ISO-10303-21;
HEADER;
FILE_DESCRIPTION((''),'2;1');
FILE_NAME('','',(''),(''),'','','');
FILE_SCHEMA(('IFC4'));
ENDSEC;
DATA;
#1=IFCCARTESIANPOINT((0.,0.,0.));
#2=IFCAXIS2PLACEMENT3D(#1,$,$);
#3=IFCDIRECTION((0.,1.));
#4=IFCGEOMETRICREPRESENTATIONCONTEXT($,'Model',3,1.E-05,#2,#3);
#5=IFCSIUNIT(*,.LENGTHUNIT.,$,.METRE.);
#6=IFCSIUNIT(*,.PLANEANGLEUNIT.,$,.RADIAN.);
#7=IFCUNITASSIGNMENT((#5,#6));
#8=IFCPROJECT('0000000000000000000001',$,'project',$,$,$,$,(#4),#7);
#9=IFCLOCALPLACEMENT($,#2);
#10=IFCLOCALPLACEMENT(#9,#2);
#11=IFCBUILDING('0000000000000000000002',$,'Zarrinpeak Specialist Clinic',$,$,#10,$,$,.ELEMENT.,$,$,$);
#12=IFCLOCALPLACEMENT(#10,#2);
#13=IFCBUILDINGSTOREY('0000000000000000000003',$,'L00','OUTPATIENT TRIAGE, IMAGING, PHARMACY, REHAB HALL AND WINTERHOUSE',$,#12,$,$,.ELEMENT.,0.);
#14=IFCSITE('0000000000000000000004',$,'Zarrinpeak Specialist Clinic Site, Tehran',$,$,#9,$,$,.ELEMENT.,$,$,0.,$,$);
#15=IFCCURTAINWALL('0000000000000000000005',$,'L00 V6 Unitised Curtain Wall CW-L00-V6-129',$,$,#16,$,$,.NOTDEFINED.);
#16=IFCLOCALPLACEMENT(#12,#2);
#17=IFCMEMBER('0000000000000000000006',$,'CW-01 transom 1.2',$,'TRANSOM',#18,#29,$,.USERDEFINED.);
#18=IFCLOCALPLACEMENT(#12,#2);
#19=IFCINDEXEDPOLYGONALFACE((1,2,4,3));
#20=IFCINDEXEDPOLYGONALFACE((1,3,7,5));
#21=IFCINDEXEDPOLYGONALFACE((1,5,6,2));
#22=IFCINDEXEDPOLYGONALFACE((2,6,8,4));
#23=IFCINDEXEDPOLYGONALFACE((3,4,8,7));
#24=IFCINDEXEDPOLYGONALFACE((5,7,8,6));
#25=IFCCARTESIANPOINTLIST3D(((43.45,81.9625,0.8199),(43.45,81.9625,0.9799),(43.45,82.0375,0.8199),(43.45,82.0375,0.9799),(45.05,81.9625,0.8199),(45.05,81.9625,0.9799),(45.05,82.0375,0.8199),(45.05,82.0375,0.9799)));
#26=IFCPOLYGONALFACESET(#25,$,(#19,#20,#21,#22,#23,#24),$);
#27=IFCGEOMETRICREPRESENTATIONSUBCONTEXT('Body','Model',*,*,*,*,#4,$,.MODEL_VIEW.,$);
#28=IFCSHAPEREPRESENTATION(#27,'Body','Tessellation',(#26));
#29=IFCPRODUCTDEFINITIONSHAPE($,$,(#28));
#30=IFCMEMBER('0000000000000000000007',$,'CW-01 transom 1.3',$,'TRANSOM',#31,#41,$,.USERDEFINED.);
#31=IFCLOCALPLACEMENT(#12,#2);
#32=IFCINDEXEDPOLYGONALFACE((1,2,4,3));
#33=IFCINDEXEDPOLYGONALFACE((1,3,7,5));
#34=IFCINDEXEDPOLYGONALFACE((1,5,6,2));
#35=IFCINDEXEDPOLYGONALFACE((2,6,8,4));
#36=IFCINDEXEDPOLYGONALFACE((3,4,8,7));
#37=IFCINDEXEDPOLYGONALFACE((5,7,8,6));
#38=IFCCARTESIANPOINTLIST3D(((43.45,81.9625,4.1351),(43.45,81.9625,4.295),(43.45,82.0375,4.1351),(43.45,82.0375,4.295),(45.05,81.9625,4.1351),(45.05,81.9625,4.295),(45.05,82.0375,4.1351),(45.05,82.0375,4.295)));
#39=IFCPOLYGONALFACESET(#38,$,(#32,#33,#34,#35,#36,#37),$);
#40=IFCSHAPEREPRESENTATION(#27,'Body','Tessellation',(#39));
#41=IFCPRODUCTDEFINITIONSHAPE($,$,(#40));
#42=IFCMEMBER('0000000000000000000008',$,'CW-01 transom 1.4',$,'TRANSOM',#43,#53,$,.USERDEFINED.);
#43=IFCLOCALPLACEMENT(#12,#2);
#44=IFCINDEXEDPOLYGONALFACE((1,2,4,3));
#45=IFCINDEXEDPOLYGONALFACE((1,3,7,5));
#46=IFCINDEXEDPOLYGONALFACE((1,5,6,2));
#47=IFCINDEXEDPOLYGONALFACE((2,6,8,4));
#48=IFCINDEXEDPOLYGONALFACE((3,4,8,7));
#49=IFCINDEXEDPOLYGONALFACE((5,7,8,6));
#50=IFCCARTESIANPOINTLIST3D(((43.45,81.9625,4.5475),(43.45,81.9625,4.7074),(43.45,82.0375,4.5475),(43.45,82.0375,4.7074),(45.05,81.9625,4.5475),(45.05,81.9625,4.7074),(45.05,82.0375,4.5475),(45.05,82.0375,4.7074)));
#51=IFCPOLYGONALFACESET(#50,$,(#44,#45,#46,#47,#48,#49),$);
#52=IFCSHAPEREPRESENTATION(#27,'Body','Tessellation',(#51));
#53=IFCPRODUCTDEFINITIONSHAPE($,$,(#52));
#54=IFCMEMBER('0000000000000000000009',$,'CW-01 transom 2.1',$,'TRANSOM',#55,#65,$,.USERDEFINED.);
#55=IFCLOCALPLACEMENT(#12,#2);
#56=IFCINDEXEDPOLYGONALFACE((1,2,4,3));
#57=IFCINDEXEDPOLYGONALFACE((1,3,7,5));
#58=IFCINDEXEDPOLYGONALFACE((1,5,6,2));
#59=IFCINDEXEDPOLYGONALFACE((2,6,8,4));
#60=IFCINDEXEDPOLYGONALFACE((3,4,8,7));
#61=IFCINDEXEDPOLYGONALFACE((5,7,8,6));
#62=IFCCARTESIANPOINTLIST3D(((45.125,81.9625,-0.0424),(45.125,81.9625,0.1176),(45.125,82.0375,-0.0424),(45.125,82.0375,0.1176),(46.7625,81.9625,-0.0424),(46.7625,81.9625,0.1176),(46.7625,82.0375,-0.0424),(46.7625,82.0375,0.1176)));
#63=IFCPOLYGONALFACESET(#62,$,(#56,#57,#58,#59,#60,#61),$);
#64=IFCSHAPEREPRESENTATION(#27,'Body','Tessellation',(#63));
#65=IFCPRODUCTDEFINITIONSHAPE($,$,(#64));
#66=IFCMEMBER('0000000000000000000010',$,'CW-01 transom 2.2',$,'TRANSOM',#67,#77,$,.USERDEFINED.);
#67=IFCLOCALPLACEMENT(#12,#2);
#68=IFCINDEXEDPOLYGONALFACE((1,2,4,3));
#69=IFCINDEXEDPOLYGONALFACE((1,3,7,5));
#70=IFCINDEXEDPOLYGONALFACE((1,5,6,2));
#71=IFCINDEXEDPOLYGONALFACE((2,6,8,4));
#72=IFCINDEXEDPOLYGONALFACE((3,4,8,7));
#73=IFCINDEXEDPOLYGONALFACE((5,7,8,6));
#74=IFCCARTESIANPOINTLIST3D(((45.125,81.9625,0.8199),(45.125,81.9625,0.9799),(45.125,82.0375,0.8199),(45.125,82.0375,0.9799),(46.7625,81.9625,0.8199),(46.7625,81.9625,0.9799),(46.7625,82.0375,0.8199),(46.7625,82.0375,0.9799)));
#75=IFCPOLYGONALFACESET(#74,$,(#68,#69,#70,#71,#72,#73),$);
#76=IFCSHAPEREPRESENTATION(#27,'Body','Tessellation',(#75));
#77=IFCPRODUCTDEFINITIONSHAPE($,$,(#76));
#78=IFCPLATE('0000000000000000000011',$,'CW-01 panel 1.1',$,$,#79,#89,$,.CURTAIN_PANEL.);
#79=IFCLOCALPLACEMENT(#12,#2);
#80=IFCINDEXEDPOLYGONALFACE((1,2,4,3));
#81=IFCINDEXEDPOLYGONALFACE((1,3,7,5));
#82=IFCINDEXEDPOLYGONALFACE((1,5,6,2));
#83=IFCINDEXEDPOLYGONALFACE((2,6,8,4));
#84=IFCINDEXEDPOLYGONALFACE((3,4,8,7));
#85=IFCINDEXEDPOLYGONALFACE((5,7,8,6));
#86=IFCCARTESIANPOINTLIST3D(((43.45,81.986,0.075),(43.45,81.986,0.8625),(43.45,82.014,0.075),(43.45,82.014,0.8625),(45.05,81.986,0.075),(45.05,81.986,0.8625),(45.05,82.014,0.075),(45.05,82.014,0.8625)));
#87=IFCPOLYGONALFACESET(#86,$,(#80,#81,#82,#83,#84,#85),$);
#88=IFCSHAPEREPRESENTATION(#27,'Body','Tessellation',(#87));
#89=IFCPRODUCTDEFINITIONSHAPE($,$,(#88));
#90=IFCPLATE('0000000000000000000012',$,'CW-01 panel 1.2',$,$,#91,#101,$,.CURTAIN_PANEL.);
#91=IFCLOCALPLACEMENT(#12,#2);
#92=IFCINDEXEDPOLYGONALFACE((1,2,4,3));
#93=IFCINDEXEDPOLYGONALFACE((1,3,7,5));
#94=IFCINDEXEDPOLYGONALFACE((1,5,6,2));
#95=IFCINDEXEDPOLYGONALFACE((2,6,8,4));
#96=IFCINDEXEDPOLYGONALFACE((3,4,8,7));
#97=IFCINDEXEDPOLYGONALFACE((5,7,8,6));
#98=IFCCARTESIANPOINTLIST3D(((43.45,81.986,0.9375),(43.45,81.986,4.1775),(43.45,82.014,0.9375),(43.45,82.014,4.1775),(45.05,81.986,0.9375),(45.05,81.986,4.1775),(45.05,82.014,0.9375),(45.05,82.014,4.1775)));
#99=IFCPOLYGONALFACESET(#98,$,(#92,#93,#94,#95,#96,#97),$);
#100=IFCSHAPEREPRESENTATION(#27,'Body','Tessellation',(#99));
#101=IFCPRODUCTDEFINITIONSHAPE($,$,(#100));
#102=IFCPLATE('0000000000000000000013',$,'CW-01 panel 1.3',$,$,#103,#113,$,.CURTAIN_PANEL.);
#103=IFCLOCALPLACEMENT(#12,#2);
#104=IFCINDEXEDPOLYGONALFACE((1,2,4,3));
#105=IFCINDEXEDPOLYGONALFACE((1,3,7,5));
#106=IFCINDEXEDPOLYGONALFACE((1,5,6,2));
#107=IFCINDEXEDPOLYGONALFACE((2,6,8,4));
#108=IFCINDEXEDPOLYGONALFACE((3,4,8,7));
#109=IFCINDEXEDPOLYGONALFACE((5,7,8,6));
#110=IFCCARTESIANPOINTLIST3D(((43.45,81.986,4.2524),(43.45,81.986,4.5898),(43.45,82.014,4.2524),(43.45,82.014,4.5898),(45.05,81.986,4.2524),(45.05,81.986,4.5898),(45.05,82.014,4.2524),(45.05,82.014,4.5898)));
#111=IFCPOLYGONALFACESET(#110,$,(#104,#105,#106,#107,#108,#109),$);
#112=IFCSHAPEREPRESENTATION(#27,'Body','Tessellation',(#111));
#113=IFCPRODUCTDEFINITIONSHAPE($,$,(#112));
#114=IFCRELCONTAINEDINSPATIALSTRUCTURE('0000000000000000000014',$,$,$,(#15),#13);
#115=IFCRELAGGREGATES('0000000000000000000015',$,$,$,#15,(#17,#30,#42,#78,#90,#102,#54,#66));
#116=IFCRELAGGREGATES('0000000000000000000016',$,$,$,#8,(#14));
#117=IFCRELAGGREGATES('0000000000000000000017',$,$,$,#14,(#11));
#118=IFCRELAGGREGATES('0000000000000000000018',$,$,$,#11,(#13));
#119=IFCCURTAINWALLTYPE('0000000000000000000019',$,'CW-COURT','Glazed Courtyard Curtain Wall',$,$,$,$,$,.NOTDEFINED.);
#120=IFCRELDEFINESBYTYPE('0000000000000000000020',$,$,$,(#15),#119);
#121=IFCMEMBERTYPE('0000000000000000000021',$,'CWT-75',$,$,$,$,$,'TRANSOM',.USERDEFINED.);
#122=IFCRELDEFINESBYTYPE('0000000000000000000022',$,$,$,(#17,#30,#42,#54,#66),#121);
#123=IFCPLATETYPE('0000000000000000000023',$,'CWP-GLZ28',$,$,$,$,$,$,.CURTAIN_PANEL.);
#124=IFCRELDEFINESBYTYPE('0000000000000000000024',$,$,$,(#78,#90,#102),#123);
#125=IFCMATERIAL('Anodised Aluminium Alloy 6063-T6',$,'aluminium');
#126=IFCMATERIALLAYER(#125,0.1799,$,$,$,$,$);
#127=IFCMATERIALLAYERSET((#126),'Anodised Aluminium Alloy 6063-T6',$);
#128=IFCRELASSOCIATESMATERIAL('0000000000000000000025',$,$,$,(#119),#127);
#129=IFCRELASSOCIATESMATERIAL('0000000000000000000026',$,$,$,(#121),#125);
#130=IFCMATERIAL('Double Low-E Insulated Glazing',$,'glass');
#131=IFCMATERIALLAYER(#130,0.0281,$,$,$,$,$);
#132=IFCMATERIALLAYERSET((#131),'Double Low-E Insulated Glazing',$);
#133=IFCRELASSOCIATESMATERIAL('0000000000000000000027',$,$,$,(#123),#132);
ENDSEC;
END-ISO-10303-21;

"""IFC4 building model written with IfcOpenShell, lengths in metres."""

from ifc_helpers import new_model, si_unit, direction, frame, origin, origin_2d, place, context, subcontext, project, spatial, rectangle, extrude, material, layer, layer_set, material_profile, profile_set, type_object, element, aggregate, save


model = new_model("IFC4")

# Units and contexts
model_context = context("Model", 3, precision=1e-05, world=origin(), true_north=direction((0.0, 1.0)))
body_context = subcontext(model_context, "Body", "Model", "MODEL_VIEW")
ifc_project = project(units=[si_unit("LENGTHUNIT", "METRE"), si_unit("PLANEANGLEUNIT", "RADIAN")], contexts=[model_context])

# Site, building, storey
site_placement = place(None, origin())
site = spatial("IfcSite", under=ifc_project, at=site_placement, Name="Zarrinpeak Specialist Clinic Site, Tehran", CompositionType="ELEMENT", RefElevation=0.0)
building_placement = place(site_placement, origin())
building = spatial("IfcBuilding", under=site, at=building_placement, Name="Zarrinpeak Specialist Clinic", CompositionType="ELEMENT")
storey_placement = place(building_placement, origin())
storey = spatial("IfcBuildingStorey", under=building, at=storey_placement, Name="L00", Description="OUTPATIENT TRIAGE, IMAGING, PHARMACY, REHAB HALL AND WINTERHOUSE", CompositionType="ELEMENT", Elevation=0.0)

# Curtain wall, members, plates
ifc_material_1 = material(Name="Anodised Aluminium Alloy 6063-T6", Category="aluminium")
ifc_layer_1 = layer(ifc_material_1, 0.1799)
ifc_layer_set_1 = layer_set([ifc_layer_1], Name="Anodised Aluminium Alloy 6063-T6")
curtain_wall_type = type_object("IfcCurtainWallType", Name="CW-COURT", Description="Glazed Courtyard Curtain Wall", PredefinedType="NOTDEFINED", material=ifc_layer_set_1)
curtain_wall_placement = place(storey_placement, origin())
curtain_wall = element("IfcCurtainWall", 1, at=curtain_wall_placement, inside=storey, type_object=curtain_wall_type, Name="L00 V6 Unitised Curtain Wall CW-L00-V6-129", PredefinedType="NOTDEFINED")
ifc_material_profile_1 = material_profile(ifc_material_1, rectangle(XDim=0.075, YDim=0.1599, at=origin_2d()), Name="ALU 75x160")
ifc_profile_set_1 = profile_set([ifc_material_profile_1], Name="Anodised Aluminium Alloy 6063-T6")
member_type_1 = type_object("IfcMemberType", Name="CWT-75", ElementType="TRANSOM", PredefinedType="USERDEFINED", material=ifc_profile_set_1)
member_1_placement = place(storey_placement, frame((43.45, 82.0, 0.8999), z_axis=(1.0, 0.0, 0.0), x_axis=(0.0, 1.0, 0.0)))
member_1 = element("IfcMember", 2, at=member_1_placement, type_object=member_type_1, Name="CW-01 transom 1.2", ObjectType="TRANSOM", PredefinedType="USERDEFINED", context=body_context, shape_type="SweptSolid", body=[
    extrude(rectangle(XDim=0.075, YDim=0.1599, at=origin_2d()), origin(), (0.0, 0.0, 1.0), 1.6001),
])
member_2_placement = place(storey_placement, frame((43.45, 82.0, 4.2151), z_axis=(1.0, 0.0, 0.0), x_axis=(0.0, 1.0, 0.0)))
member_2 = element("IfcMember", 3, at=member_2_placement, type_object=member_type_1, Name="CW-01 transom 1.3", ObjectType="TRANSOM", PredefinedType="USERDEFINED", context=body_context, shape_type="SweptSolid", body=[
    extrude(rectangle(XDim=0.075, YDim=0.1599, at=origin_2d()), origin(), (0.0, 0.0, 1.0), 1.6001),
])
member_3_placement = place(storey_placement, frame((43.45, 82.0, 4.6274), z_axis=(1.0, 0.0, 0.0), x_axis=(0.0, 1.0, 0.0)))
member_3 = element("IfcMember", 4, at=member_3_placement, type_object=member_type_1, Name="CW-01 transom 1.4", ObjectType="TRANSOM", PredefinedType="USERDEFINED", context=body_context, shape_type="SweptSolid", body=[
    extrude(rectangle(XDim=0.075, YDim=0.1599, at=origin_2d()), origin(), (0.0, 0.0, 1.0), 1.6001),
])
member_4_placement = place(storey_placement, frame((45.125, 82.0, 0.0376), z_axis=(1.0, 0.0, 0.0), x_axis=(0.0, 1.0, 0.0)))
member_4 = element("IfcMember", 5, at=member_4_placement, type_object=member_type_1, Name="CW-01 transom 2.1", ObjectType="TRANSOM", PredefinedType="USERDEFINED", context=body_context, shape_type="SweptSolid", body=[
    extrude(rectangle(XDim=0.075, YDim=0.1599, at=origin_2d()), origin(), (0.0, 0.0, 1.0), 1.6375),
])
member_5_placement = place(storey_placement, frame((45.125, 82.0, 0.8999), z_axis=(1.0, 0.0, 0.0), x_axis=(0.0, 1.0, 0.0)))
member_5 = element("IfcMember", 6, at=member_5_placement, type_object=member_type_1, Name="CW-01 transom 2.2", ObjectType="TRANSOM", PredefinedType="USERDEFINED", context=body_context, shape_type="SweptSolid", body=[
    extrude(rectangle(XDim=0.075, YDim=0.1599, at=origin_2d()), origin(), (0.0, 0.0, 1.0), 1.6375),
])
ifc_material_2 = material(Name="Double Low-E Insulated Glazing", Category="glass")
ifc_layer_2 = layer(ifc_material_2, 0.0281)
ifc_layer_set_2 = layer_set([ifc_layer_2], Name="Double Low-E Insulated Glazing")
plate_type = type_object("IfcPlateType", Name="CWP-GLZ28", PredefinedType="CURTAIN_PANEL", material=ifc_layer_set_2)
plate_1_placement = place(storey_placement, frame((44.25, 82.0, 0.075), z_axis=(0.0, 0.0, 1.0), x_axis=(1.0, 0.0, 0.0)))
plate_1 = element("IfcPlate", 7, at=plate_1_placement, type_object=plate_type, Name="CW-01 panel 1.1", PredefinedType="CURTAIN_PANEL", context=body_context, shape_type="SweptSolid", body=[
    extrude(rectangle(XDim=1.6001, YDim=0.0281, at=origin_2d()), origin(), (0.0, 0.0, 1.0), 0.7876),
])
plate_2_placement = place(storey_placement, frame((44.25, 82.0, 0.9375), z_axis=(0.0, 0.0, 1.0), x_axis=(1.0, 0.0, 0.0)))
plate_2 = element("IfcPlate", 8, at=plate_2_placement, type_object=plate_type, Name="CW-01 panel 1.2", PredefinedType="CURTAIN_PANEL", context=body_context, shape_type="SweptSolid", body=[
    extrude(rectangle(XDim=1.6001, YDim=0.0281, at=origin_2d()), origin(), (0.0, 0.0, 1.0), 3.24),
])
plate_3_placement = place(storey_placement, frame((44.25, 82.0, 4.2524), z_axis=(0.0, 0.0, 1.0), x_axis=(1.0, 0.0, 0.0)))
plate_3 = element("IfcPlate", 9, at=plate_3_placement, type_object=plate_type, Name="CW-01 panel 1.3", PredefinedType="CURTAIN_PANEL", context=body_context, shape_type="SweptSolid", body=[
    extrude(rectangle(XDim=1.6001, YDim=0.0281, at=origin_2d()), origin(), (0.0, 0.0, 1.0), 0.3374),
])
aggregate(curtain_wall, [member_1, member_2, member_3, plate_1, plate_2, plate_3, member_4, member_5])

save(model, "model.ifc")
